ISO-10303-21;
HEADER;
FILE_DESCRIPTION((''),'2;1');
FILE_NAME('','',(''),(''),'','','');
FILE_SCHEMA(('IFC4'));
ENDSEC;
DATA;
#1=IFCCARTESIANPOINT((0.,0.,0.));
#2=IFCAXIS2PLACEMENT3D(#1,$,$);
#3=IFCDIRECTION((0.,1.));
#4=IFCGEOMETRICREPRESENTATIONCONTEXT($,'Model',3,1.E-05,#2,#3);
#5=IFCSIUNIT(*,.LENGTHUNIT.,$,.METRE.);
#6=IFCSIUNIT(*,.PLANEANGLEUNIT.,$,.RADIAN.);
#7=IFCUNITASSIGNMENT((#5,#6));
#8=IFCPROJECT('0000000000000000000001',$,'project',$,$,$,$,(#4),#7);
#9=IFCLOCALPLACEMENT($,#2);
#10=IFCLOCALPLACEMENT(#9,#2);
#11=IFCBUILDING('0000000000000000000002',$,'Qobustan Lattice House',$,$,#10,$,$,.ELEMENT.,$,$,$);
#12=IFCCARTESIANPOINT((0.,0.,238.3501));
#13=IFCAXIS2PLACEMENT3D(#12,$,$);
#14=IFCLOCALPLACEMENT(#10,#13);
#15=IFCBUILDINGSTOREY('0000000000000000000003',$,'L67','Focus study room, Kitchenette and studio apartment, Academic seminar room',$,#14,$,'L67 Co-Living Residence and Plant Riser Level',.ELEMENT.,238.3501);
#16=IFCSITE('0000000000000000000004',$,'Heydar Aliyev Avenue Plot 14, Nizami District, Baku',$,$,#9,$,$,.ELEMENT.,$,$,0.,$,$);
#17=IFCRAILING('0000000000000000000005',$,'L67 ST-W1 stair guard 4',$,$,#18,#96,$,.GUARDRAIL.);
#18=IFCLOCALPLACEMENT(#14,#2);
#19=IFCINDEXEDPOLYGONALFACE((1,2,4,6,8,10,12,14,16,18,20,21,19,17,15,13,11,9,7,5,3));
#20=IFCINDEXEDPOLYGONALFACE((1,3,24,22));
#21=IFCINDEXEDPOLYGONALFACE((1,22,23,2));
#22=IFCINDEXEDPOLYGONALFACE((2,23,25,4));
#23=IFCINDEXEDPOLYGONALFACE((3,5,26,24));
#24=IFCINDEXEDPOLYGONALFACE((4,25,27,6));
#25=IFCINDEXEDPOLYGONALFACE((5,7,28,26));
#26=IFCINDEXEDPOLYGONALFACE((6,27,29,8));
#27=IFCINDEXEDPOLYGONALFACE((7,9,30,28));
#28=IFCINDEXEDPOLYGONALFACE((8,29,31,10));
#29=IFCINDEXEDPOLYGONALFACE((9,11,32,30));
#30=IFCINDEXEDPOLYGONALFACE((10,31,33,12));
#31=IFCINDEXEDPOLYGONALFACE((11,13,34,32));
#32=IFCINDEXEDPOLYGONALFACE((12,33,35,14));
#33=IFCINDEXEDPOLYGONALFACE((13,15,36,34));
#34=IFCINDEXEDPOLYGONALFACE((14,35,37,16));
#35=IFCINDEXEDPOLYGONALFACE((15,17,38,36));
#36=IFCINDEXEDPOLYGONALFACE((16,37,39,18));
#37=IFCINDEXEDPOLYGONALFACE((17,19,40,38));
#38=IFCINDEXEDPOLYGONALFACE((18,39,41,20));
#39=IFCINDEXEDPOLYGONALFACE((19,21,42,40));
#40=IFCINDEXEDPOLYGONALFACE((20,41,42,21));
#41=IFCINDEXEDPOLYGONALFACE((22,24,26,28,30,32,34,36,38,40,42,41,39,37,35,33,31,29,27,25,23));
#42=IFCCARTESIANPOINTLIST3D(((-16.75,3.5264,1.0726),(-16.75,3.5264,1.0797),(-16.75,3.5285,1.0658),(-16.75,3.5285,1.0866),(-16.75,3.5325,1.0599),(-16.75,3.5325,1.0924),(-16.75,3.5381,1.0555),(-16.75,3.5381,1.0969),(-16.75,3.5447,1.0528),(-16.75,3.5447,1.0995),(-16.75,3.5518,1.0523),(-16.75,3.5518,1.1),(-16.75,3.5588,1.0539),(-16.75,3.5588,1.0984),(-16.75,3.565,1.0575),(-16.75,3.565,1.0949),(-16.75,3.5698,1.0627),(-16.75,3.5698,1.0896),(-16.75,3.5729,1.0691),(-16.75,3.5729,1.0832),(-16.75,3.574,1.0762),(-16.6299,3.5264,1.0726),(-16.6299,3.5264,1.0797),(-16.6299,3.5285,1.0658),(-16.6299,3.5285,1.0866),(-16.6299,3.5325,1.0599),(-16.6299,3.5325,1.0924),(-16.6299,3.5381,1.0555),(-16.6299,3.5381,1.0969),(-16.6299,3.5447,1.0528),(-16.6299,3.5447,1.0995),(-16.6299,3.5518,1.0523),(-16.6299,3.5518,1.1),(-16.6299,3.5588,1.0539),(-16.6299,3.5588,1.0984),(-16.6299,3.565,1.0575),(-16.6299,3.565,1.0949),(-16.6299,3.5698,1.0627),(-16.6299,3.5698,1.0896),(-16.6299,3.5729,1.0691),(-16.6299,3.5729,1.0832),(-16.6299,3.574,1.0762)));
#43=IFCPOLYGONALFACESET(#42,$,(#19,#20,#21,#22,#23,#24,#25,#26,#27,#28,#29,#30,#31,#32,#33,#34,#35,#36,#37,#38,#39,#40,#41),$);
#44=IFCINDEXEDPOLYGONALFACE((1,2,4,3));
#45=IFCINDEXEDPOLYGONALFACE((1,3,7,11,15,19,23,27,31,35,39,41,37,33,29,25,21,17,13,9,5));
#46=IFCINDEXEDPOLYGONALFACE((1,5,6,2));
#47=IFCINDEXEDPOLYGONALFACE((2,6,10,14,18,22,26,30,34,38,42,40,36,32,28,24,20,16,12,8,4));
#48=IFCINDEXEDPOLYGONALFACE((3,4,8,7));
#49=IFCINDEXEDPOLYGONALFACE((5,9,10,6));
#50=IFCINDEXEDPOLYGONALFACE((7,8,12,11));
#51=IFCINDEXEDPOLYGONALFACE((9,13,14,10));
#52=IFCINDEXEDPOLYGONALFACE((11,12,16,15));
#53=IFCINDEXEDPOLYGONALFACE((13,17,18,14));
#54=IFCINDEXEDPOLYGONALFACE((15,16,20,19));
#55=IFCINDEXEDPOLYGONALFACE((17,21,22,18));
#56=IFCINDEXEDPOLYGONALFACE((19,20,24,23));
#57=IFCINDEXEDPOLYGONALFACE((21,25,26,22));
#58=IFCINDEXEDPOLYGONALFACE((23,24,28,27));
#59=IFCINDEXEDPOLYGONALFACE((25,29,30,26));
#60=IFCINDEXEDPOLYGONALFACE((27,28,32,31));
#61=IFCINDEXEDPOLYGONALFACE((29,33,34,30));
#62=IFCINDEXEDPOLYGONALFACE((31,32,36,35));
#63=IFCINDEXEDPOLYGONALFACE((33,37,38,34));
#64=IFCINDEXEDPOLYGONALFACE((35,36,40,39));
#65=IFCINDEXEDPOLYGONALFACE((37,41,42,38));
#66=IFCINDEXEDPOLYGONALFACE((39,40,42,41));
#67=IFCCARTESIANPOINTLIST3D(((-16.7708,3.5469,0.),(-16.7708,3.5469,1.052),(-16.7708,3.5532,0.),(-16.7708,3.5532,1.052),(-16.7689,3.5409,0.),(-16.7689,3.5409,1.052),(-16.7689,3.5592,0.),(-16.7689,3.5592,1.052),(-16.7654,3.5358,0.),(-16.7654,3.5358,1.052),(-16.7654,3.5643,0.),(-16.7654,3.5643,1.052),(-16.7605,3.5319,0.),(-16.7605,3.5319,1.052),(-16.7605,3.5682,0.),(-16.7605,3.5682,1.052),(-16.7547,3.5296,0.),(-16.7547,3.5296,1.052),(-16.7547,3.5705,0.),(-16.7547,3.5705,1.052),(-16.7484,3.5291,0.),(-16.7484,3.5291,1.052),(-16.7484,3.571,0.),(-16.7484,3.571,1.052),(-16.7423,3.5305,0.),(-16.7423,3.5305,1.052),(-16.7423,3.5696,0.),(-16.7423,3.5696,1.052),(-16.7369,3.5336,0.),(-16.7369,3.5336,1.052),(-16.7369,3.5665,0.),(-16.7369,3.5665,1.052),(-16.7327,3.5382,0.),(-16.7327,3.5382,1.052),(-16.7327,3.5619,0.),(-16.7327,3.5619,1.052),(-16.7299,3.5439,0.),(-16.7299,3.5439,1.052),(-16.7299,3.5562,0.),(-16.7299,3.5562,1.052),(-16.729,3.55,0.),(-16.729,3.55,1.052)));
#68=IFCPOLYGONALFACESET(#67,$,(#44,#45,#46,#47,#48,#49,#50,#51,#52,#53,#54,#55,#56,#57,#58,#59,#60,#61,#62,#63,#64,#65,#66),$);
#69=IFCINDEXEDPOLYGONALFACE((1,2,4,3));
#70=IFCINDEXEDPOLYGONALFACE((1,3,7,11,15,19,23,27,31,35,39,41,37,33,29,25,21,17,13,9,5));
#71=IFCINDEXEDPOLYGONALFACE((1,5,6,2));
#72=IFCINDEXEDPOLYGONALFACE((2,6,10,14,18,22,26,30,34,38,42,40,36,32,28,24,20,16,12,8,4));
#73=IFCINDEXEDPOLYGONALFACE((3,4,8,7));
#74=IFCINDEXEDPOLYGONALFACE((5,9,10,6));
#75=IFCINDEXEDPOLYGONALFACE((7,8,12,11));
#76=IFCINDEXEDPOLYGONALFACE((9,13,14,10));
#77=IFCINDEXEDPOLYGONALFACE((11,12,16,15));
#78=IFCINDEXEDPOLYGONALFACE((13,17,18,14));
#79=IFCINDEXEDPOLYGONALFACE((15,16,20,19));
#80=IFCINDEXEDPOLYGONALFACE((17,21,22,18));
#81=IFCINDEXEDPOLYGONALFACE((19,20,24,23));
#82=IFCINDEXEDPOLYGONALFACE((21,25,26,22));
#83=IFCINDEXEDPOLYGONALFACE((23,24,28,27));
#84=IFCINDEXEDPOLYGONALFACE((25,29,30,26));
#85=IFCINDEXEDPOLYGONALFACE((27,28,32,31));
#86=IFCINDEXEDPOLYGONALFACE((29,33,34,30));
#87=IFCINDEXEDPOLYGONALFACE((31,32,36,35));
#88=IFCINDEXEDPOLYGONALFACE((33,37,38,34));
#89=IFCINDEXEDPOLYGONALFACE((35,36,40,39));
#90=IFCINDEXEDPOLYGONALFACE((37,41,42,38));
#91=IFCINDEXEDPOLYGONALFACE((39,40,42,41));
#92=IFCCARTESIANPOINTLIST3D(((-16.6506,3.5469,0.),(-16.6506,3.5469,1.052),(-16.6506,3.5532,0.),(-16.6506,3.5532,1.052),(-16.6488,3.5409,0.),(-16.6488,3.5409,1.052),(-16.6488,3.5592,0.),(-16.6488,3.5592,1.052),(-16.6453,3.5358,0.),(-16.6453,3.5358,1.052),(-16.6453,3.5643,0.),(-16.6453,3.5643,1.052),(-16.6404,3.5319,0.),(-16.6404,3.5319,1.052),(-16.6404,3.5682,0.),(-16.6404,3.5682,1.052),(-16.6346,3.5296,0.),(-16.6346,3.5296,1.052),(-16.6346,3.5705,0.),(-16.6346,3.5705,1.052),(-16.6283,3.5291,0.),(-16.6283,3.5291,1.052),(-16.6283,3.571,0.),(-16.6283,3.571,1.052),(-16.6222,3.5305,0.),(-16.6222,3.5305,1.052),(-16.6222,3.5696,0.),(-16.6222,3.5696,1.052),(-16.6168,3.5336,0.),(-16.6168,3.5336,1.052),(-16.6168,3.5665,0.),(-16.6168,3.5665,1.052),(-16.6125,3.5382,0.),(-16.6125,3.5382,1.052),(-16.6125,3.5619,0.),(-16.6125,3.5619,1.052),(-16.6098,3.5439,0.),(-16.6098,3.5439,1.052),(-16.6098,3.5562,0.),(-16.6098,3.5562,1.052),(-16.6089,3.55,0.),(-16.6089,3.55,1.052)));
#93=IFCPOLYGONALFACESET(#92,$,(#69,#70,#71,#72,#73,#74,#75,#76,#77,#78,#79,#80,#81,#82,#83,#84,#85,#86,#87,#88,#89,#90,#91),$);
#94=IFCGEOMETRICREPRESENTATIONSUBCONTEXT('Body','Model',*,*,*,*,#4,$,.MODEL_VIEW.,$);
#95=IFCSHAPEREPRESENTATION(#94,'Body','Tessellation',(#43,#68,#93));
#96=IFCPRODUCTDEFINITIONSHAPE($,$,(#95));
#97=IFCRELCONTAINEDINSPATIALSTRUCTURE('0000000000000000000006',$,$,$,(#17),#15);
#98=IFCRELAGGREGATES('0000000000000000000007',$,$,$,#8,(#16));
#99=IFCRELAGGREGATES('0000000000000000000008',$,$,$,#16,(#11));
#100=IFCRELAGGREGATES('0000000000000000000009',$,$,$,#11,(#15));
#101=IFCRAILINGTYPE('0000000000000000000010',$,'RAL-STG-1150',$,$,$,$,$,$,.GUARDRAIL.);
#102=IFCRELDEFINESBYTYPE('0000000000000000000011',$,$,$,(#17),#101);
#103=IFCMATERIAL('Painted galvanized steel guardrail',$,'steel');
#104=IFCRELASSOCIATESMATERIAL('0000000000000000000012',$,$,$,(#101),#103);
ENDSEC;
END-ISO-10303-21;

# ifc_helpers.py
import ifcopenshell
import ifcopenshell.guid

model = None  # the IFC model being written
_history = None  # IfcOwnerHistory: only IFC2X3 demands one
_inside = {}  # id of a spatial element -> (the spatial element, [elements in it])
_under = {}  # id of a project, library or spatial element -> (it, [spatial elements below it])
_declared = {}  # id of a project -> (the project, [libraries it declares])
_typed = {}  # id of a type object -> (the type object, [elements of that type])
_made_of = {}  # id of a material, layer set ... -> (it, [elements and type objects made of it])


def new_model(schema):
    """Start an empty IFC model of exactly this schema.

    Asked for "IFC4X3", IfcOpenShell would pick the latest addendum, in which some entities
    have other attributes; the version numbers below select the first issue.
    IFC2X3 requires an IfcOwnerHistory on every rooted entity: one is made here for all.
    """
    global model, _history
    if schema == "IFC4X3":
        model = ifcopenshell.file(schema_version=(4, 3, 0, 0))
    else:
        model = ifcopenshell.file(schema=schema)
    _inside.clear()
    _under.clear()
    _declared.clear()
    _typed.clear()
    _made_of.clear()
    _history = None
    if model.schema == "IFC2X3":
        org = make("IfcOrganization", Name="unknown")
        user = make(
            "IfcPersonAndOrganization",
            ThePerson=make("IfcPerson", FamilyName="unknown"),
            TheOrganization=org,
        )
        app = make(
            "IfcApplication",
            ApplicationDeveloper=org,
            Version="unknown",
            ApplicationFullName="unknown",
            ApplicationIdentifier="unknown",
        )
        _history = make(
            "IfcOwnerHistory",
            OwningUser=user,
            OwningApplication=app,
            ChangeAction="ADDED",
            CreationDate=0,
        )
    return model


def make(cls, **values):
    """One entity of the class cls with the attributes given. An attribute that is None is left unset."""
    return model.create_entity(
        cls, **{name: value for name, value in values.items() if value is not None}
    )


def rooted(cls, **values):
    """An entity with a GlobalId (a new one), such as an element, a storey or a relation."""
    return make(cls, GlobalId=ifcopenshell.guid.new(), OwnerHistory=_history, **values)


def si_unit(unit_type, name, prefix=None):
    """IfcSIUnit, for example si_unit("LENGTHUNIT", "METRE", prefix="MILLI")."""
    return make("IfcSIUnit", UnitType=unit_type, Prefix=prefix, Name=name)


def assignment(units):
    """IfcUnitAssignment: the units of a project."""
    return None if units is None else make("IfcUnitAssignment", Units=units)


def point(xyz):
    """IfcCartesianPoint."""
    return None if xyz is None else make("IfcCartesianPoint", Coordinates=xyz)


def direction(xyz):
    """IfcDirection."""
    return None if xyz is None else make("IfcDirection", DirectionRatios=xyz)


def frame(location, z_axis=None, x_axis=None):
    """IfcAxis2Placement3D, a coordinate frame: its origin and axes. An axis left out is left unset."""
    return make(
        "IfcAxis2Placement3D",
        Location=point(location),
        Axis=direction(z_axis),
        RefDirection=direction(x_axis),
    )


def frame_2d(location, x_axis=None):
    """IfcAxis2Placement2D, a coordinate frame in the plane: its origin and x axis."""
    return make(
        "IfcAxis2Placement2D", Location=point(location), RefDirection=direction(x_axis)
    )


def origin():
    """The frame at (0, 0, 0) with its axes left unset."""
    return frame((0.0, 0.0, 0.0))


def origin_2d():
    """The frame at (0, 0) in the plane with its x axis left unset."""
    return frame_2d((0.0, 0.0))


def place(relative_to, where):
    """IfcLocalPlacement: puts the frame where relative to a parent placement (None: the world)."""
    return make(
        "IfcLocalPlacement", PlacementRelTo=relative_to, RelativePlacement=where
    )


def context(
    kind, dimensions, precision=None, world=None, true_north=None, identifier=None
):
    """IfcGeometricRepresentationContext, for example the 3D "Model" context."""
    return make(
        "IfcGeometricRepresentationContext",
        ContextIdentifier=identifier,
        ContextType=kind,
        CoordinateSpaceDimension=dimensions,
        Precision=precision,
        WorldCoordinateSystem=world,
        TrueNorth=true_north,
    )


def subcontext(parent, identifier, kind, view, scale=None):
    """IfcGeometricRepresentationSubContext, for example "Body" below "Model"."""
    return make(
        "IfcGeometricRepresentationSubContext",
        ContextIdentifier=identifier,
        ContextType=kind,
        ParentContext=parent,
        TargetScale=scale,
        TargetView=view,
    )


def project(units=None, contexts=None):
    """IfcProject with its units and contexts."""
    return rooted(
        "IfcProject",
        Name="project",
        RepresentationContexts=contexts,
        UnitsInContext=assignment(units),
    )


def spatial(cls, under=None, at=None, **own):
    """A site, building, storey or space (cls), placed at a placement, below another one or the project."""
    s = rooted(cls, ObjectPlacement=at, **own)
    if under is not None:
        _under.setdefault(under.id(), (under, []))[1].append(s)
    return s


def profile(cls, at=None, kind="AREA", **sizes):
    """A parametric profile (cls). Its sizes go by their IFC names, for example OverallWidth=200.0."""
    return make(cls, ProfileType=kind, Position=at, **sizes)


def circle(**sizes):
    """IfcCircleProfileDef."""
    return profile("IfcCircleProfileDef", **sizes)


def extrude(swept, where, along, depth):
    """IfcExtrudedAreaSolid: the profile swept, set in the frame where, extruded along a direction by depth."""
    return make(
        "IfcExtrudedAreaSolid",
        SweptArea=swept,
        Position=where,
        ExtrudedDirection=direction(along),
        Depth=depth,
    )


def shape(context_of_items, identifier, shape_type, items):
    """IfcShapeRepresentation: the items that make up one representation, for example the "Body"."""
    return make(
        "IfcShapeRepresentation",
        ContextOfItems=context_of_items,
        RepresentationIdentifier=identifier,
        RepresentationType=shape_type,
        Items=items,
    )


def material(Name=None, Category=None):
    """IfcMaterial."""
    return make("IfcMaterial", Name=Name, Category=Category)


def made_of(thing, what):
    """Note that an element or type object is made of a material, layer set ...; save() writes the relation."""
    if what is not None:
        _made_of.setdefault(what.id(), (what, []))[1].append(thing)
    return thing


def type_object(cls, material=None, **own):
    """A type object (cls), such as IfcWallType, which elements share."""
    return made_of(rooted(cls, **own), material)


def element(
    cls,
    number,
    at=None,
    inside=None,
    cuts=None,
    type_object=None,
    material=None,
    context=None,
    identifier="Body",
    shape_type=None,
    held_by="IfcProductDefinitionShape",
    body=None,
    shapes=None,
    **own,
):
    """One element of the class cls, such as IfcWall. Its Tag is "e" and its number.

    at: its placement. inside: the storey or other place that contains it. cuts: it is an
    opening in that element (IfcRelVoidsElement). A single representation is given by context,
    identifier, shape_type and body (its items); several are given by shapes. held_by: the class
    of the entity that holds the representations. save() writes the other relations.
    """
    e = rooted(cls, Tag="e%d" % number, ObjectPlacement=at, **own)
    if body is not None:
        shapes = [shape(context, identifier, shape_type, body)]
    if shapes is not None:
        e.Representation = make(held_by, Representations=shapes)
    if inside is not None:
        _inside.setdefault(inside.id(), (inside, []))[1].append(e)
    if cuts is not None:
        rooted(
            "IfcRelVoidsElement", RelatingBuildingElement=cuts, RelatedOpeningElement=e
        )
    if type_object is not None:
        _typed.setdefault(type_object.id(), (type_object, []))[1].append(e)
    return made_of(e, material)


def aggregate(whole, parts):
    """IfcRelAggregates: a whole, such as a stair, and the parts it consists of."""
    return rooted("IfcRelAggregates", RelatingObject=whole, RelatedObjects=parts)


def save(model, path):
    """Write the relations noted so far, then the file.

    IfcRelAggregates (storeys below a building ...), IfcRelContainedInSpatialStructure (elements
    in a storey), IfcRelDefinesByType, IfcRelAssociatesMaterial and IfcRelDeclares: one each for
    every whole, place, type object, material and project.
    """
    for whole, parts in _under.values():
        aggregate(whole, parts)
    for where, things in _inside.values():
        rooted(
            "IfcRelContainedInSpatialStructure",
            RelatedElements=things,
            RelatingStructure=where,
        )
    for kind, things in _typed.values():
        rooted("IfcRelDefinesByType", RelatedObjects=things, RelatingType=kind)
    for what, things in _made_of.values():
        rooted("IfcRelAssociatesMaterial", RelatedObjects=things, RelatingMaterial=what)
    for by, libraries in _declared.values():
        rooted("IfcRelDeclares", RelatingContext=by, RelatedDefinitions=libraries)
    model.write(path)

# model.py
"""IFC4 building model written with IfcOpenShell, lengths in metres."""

from ifc_helpers import new_model, si_unit, direction, frame, origin, origin_2d, place, context, subcontext, project, spatial, circle, extrude, material, type_object, element, save


model = new_model("IFC4")

# Units and contexts
model_context = context("Model", 3, precision=1e-05, world=origin(), true_north=direction((0.0, 1.0)))
body_context = subcontext(model_context, "Body", "Model", "MODEL_VIEW")
ifc_project = project(units=[si_unit("LENGTHUNIT", "METRE"), si_unit("PLANEANGLEUNIT", "RADIAN")], contexts=[model_context])

# Site, building, storey
site_placement = place(None, origin())
site = spatial("IfcSite", under=ifc_project, at=site_placement, Name="Heydar Aliyev Avenue Plot 14, Nizami District, Baku", CompositionType="ELEMENT", RefElevation=0.0)
building_placement = place(site_placement, origin())
building = spatial("IfcBuilding", under=site, at=building_placement, Name="Qobustan Lattice House", CompositionType="ELEMENT")
storey_placement = place(building_placement, frame((0.0, 0.0, 238.3501)))
storey = spatial("IfcBuildingStorey", under=building, at=storey_placement, Name="L67", Description="Focus study room, Kitchenette and studio apartment, Academic seminar room", LongName="L67 Co-Living Residence and Plant Riser Level", CompositionType="ELEMENT", Elevation=238.3501)

# Railing
ifc_material_1 = material(Name="Painted galvanized steel guardrail", Category="steel")
railing_type_1 = type_object("IfcRailingType", Name="RAL-STG-1150", PredefinedType="GUARDRAIL", material=ifc_material_1)
railing_1_placement = place(storey_placement, frame((-16.75, 3.55, 0.0)))
element("IfcRailing", 1, at=railing_1_placement, inside=storey, type_object=railing_type_1, Name="L67 ST-W1 stair guard 4", PredefinedType="GUARDRAIL", context=body_context, shape_type="SweptSolid", body=[
    extrude(circle(Radius=0.0239, at=origin_2d()), frame((0.0, 0.0, 1.0762), z_axis=(1.0, 0.0, 0.0), x_axis=(0.0, 1.0, 0.0)), (0.0, 0.0, 1.0), 0.1201),
    extrude(circle(Radius=0.021, at=origin_2d()), origin(), (0.0, 0.0, 1.0), 1.052),
    extrude(circle(Radius=0.021, at=origin_2d()), frame((0.1201, 0.0, 0.0)), (0.0, 0.0, 1.0), 1.052),
])

save(model, "model.ifc")
